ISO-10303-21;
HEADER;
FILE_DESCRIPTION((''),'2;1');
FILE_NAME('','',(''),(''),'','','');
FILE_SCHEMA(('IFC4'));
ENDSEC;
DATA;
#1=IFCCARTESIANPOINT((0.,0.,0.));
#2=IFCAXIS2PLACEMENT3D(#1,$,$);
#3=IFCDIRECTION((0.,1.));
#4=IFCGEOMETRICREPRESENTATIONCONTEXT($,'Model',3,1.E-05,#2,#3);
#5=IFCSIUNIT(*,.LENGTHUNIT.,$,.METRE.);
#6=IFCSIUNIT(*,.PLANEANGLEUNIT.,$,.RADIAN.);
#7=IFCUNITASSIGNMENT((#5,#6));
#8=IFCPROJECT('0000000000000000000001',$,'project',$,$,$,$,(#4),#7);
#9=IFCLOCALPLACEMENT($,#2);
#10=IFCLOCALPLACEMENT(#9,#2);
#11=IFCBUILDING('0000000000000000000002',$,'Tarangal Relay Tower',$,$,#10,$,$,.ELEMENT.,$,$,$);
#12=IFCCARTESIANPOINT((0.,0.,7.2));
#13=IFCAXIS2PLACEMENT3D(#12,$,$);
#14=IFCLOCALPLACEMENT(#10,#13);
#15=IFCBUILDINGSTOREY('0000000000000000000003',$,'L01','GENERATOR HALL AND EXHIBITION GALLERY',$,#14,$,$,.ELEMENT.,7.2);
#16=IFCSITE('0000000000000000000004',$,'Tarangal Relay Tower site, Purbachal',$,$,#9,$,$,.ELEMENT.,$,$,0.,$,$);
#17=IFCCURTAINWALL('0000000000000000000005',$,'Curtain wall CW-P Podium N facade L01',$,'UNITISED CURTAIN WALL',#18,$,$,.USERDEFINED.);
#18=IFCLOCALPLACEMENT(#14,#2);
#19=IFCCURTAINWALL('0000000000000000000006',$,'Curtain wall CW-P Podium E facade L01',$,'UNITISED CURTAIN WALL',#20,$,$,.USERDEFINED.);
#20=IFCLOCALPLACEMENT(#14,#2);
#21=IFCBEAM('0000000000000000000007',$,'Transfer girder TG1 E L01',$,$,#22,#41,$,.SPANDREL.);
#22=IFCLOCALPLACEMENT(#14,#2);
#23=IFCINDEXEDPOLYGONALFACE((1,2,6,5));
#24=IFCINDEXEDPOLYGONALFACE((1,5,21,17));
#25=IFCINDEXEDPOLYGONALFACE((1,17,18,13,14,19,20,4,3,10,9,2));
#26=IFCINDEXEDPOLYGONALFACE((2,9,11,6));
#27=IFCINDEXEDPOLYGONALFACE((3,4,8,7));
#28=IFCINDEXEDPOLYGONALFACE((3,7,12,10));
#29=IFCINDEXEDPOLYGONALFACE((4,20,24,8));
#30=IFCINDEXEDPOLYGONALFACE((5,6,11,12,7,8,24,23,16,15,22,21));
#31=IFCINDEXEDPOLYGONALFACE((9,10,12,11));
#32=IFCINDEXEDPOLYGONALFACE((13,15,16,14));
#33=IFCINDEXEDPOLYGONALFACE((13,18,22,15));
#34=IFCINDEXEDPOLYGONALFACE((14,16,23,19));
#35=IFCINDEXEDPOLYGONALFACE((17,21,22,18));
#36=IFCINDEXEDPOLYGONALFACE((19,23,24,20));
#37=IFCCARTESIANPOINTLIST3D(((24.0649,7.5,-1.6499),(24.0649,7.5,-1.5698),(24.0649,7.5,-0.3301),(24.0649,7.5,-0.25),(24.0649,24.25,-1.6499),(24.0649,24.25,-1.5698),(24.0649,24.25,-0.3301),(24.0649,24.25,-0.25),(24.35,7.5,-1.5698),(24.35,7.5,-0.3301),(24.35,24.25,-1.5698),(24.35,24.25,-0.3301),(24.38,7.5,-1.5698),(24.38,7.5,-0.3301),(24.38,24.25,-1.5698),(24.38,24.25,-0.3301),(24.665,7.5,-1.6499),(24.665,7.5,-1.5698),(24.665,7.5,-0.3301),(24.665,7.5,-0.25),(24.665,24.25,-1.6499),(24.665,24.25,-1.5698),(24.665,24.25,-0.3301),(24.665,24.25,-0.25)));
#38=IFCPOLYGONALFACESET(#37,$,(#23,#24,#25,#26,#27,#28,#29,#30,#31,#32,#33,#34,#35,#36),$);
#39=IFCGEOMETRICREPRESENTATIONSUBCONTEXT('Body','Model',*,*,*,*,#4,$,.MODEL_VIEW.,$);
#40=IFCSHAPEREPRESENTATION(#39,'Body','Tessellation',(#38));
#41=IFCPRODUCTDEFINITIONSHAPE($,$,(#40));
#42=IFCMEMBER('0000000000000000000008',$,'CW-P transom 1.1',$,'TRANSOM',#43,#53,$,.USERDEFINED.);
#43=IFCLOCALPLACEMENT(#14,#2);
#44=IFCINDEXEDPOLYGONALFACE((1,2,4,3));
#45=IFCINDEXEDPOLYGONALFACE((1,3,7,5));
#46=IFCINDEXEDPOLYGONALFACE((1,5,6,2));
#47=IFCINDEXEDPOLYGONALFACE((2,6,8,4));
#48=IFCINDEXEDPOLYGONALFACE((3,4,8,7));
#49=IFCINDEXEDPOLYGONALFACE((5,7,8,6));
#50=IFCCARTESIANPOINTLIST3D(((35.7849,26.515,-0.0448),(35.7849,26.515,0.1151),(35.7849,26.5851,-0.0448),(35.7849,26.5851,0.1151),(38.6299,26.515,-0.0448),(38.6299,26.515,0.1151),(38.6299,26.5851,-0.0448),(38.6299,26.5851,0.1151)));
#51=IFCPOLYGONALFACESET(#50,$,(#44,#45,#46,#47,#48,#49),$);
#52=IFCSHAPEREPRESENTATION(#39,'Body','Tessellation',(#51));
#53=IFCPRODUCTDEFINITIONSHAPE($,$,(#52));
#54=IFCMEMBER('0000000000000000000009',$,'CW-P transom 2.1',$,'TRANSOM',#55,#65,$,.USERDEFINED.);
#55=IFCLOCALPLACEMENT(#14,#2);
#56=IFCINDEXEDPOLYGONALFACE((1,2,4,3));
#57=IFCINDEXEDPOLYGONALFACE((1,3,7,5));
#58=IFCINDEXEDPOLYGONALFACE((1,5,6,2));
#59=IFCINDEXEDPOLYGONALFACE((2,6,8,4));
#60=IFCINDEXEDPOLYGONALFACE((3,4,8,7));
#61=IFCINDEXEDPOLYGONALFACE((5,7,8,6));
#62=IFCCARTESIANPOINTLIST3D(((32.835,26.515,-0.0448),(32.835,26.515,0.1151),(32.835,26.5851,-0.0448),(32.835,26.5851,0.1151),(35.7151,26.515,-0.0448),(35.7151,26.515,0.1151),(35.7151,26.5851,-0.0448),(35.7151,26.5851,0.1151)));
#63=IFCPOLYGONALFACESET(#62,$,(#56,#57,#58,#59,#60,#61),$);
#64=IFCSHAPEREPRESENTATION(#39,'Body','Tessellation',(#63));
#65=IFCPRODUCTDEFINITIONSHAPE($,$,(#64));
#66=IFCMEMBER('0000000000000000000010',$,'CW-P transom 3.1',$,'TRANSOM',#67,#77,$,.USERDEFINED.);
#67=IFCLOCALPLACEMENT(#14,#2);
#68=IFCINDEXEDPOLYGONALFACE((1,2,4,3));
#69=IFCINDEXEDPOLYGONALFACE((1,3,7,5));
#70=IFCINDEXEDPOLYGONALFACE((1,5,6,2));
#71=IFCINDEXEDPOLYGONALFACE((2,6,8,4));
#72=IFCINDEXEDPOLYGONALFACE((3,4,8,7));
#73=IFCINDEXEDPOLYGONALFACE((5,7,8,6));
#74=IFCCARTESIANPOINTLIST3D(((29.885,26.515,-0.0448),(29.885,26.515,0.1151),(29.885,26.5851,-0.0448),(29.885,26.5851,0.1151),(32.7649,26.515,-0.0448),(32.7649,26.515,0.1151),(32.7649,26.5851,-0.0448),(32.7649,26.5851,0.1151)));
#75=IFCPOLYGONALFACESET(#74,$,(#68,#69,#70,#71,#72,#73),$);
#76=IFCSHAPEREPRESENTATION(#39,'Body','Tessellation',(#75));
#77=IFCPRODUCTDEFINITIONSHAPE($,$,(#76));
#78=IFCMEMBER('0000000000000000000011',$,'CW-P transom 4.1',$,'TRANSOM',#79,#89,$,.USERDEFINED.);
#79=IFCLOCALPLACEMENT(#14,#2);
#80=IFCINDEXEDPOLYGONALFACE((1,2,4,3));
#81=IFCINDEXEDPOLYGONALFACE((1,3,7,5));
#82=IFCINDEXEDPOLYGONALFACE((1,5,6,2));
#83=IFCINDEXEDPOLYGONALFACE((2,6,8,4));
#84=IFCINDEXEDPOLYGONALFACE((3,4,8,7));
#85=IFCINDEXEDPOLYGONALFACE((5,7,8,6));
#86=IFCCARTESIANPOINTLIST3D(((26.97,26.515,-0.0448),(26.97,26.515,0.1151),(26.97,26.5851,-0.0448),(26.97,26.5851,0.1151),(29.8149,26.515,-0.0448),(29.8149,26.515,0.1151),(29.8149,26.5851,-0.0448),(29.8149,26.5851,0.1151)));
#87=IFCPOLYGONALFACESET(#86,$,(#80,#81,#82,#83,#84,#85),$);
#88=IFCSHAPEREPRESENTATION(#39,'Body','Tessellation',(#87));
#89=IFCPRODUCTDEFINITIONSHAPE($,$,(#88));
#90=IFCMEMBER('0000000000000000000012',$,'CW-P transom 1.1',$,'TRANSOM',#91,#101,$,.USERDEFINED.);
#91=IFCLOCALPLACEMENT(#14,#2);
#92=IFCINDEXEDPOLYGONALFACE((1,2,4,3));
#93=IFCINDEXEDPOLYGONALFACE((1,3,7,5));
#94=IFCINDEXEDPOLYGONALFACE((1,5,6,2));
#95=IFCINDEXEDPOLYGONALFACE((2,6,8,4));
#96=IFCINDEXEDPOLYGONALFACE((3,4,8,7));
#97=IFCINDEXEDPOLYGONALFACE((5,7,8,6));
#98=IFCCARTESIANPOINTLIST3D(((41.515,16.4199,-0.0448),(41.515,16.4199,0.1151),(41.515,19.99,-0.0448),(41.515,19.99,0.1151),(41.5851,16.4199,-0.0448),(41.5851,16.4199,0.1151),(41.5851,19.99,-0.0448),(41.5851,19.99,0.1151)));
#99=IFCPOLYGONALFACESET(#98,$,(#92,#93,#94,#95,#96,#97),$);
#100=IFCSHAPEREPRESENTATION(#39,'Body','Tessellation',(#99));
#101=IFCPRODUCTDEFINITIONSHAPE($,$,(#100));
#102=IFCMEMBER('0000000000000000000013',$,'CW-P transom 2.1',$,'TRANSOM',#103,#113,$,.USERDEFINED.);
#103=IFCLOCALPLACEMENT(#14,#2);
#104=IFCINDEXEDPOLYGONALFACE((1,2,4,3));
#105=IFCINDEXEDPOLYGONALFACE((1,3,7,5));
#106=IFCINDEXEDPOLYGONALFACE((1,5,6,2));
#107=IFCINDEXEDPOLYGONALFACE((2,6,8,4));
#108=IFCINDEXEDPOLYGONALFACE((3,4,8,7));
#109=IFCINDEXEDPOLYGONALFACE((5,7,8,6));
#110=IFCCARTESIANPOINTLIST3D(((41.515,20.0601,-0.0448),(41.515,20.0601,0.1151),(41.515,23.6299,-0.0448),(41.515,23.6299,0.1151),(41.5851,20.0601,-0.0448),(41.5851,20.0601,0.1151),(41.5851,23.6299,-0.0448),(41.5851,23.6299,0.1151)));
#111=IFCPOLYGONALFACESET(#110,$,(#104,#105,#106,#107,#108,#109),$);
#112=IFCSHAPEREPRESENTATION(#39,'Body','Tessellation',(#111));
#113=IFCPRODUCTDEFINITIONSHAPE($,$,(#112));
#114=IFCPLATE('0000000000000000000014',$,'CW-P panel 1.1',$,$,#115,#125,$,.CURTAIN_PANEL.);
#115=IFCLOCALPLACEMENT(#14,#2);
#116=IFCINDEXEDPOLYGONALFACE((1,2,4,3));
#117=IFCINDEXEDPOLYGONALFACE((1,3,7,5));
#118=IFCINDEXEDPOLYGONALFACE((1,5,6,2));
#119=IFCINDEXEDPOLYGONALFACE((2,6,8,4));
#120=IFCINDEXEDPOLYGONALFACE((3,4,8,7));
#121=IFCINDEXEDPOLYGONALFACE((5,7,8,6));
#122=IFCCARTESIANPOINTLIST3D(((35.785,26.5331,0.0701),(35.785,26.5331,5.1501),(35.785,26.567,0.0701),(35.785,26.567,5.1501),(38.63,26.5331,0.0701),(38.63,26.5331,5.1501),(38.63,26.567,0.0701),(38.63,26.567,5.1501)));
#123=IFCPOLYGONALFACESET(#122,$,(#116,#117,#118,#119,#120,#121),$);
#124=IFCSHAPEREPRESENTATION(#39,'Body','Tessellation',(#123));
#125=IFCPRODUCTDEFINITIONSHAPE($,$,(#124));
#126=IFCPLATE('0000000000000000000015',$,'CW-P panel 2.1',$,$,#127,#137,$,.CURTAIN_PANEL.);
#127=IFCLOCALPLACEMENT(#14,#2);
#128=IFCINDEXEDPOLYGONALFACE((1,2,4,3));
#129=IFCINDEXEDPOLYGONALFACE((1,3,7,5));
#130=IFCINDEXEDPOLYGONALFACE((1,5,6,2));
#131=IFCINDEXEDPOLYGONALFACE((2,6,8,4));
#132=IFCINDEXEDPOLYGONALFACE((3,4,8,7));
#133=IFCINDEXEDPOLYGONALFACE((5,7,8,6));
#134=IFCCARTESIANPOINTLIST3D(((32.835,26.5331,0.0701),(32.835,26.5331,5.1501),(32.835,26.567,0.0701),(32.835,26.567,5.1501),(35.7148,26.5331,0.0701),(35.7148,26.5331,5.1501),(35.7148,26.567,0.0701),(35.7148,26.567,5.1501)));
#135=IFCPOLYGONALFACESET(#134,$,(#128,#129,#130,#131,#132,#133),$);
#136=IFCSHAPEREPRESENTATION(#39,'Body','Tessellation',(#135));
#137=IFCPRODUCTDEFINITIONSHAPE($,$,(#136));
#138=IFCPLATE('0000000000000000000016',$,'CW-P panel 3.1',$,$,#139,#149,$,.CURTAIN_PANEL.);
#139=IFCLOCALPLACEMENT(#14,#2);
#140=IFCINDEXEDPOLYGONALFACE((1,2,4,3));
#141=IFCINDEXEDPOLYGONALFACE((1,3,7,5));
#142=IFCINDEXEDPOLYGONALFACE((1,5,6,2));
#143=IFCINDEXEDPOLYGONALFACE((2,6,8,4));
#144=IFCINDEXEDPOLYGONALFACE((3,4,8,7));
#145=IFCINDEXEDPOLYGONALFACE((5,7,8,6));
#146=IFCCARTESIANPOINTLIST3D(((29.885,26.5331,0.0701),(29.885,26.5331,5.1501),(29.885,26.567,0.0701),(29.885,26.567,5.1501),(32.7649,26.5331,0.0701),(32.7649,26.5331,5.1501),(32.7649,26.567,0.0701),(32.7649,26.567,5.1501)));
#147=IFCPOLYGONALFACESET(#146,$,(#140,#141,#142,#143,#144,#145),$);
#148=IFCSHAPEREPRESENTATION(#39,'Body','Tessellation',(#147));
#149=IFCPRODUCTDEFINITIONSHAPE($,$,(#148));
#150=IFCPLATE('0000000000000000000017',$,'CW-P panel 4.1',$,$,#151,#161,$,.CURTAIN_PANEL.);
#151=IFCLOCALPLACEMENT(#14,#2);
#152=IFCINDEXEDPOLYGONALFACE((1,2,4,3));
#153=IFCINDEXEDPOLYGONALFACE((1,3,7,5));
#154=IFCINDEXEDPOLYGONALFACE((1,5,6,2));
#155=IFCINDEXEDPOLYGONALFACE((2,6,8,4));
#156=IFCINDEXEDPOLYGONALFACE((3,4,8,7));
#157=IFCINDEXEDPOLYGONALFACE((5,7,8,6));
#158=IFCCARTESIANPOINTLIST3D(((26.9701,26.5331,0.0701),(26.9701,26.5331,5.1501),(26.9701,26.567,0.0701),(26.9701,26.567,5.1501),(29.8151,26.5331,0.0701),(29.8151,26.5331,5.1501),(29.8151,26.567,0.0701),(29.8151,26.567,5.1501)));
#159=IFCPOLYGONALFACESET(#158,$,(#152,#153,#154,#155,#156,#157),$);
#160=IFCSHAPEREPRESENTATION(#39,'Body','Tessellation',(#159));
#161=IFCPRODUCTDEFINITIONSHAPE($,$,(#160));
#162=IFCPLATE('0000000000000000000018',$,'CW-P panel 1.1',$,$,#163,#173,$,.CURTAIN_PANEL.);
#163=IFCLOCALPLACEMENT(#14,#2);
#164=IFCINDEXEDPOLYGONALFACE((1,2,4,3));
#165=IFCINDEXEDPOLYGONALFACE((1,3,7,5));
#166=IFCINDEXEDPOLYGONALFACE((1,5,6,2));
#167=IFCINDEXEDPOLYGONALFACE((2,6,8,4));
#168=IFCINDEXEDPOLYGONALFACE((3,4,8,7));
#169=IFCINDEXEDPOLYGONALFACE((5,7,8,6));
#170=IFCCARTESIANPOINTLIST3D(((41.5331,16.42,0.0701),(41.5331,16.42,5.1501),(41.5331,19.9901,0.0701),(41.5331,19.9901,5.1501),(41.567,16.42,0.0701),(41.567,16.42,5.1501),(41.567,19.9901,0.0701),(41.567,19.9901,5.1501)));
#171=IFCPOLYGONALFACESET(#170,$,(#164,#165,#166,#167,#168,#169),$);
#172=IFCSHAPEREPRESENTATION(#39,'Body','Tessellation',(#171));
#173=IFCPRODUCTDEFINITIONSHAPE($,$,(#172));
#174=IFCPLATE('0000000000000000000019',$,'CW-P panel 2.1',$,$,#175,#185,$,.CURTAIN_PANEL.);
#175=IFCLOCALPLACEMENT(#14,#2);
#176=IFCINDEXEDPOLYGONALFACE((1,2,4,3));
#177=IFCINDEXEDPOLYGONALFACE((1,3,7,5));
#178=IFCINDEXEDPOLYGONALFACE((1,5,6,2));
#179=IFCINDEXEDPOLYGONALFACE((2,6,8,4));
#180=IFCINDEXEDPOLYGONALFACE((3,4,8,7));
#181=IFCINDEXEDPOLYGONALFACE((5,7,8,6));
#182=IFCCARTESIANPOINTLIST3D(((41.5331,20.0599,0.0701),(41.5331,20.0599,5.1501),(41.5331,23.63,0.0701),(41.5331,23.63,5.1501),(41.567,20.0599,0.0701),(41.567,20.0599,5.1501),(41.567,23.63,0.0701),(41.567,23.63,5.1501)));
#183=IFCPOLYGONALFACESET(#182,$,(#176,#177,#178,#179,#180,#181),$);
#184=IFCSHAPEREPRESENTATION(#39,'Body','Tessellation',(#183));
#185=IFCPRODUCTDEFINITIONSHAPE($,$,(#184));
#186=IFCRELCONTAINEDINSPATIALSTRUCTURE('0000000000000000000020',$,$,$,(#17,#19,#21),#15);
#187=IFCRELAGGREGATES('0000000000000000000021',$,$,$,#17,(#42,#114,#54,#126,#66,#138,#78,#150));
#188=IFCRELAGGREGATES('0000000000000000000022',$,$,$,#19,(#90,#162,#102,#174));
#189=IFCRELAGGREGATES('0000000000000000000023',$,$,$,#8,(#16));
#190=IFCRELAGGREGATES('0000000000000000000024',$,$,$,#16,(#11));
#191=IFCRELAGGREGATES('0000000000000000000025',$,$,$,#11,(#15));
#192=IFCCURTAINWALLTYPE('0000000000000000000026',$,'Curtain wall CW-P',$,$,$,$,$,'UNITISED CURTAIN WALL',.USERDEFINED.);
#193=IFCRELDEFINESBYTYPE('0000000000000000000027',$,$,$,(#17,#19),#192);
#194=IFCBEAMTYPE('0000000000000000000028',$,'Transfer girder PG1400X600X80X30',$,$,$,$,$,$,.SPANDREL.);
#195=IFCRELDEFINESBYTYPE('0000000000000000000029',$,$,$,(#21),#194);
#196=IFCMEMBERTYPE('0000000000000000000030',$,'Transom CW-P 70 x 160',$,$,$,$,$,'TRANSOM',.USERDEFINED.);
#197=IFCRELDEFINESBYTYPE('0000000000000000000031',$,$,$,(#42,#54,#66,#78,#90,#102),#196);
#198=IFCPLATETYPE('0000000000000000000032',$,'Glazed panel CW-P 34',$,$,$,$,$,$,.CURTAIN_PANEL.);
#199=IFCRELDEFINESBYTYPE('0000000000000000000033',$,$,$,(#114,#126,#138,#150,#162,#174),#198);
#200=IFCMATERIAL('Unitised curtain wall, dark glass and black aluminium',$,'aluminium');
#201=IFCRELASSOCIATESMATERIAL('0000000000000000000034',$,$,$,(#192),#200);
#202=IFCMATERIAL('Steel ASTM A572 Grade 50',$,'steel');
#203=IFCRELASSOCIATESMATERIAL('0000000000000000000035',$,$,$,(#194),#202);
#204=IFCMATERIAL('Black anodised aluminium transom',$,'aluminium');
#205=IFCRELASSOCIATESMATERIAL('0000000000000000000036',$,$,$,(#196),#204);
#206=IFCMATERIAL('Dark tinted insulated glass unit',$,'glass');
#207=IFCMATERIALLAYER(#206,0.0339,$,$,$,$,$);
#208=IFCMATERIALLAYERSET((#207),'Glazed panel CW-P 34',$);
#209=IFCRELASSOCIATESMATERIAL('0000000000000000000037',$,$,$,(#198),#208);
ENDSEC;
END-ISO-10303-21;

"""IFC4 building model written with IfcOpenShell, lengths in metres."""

from ifc_helpers import new_model, si_unit, direction, frame, origin, origin_2d, place, context, subcontext, project, spatial, rectangle, i_section, extrude, material, layer, layer_set, material_profile, profile_set, type_object, element, aggregate, save


model = new_model("IFC4")

# Units and contexts
model_context = context("Model", 3, precision=1e-05, world=origin(), true_north=direction((0.0, 1.0)))
body_context = subcontext(model_context, "Body", "Model", "MODEL_VIEW")
ifc_project = project(units=[si_unit("LENGTHUNIT", "METRE"), si_unit("PLANEANGLEUNIT", "RADIAN")], contexts=[model_context])

# Site, building, storey
site_placement = place(None, origin())
site = spatial("IfcSite", under=ifc_project, at=site_placement, Name="Tarangal Relay Tower site, Purbachal", CompositionType="ELEMENT", RefElevation=0.0)
building_placement = place(site_placement, origin())
building = spatial("IfcBuilding", under=site, at=building_placement, Name="Tarangal Relay Tower", CompositionType="ELEMENT")
storey_placement = place(building_placement, frame((0.0, 0.0, 7.2)))
storey = spatial("IfcBuildingStorey", under=building, at=storey_placement, Name="L01", Description="GENERATOR HALL AND EXHIBITION GALLERY", CompositionType="ELEMENT", Elevation=7.2)

# Curtain walls
ifc_material_1 = material(Name="Unitised curtain wall, dark glass and black aluminium", Category="aluminium")
curtain_wall_type = type_object("IfcCurtainWallType", Name="Curtain wall CW-P", ElementType="UNITISED CURTAIN WALL", PredefinedType="USERDEFINED", material=ifc_material_1)
curtain_wall_1_placement = place(storey_placement, origin())
curtain_wall_1 = element("IfcCurtainWall", 1, at=curtain_wall_1_placement, inside=storey, type_object=curtain_wall_type, Name="Curtain wall CW-P Podium N facade L01", ObjectType="UNITISED CURTAIN WALL", PredefinedType="USERDEFINED")
curtain_wall_2_placement = place(storey_placement, origin())
curtain_wall_2 = element("IfcCurtainWall", 2, at=curtain_wall_2_placement, inside=storey, type_object=curtain_wall_type, Name="Curtain wall CW-P Podium E facade L01", ObjectType="UNITISED CURTAIN WALL", PredefinedType="USERDEFINED")

# Beam
ifc_material_2 = material(Name="Steel ASTM A572 Grade 50", Category="steel")
ifc_material_profile_1 = material_profile(ifc_material_2, i_section(OverallWidth=0.6001, OverallDepth=1.3999, WebThickness=0.03, FlangeThickness=0.0801, at=origin_2d()), Name="PG1400X600X80X30")
ifc_profile_set_1 = profile_set([ifc_material_profile_1], Name="Steel ASTM A572 Grade 50")
beam_type_1 = type_object("IfcBeamType", Name="Transfer girder PG1400X600X80X30", PredefinedType="SPANDREL", material=ifc_profile_set_1)
beam_1_placement = place(storey_placement, frame((24.365, 24.25, -0.95), z_axis=(0.0, -1.0, 0.0), x_axis=(1.0, 0.0, 0.0)))
element("IfcBeam", 3, at=beam_1_placement, inside=storey, type_object=beam_type_1, Name="Transfer girder TG1 E L01", PredefinedType="SPANDREL", context=body_context, shape_type="SweptSolid", body=[
    extrude(i_section(OverallWidth=0.6001, OverallDepth=1.3999, WebThickness=0.03, FlangeThickness=0.0801, at=origin_2d()), origin(), (0.0, 0.0, 1.0), 16.75),
])

# Members
ifc_material_3 = material(Name="Black anodised aluminium transom", Category="aluminium")
ifc_material_profile_2 = material_profile(ifc_material_3, rectangle(XDim=0.0701, YDim=0.1599, at=origin_2d()), Name="CW-PT 70X160")
ifc_profile_set_2 = profile_set([ifc_material_profile_2], Name="Black anodised aluminium transom")
member_type_1 = type_object("IfcMemberType", Name="Transom CW-P 70 x 160", ElementType="TRANSOM", PredefinedType="USERDEFINED", material=ifc_profile_set_2)
member_1_placement = place(storey_placement, frame((38.6299, 26.55, 0.0352), z_axis=(-1.0, 0.0, 0.0), x_axis=(0.0, -1.0, 0.0)))
member_1 = element("IfcMember", 4, at=member_1_placement, type_object=member_type_1, Name="CW-P transom 1.1", ObjectType="TRANSOM", PredefinedType="USERDEFINED", context=body_context, shape_type="SweptSolid", body=[
    extrude(rectangle(XDim=0.0701, YDim=0.1599, at=origin_2d()), origin(), (0.0, 0.0, 1.0), 2.845),
])
member_2_placement = place(storey_placement, frame((35.7151, 26.55, 0.0352), z_axis=(-1.0, 0.0, 0.0), x_axis=(0.0, -1.0, 0.0)))
member_2 = element("IfcMember", 5, at=member_2_placement, type_object=member_type_1, Name="CW-P transom 2.1", ObjectType="TRANSOM", PredefinedType="USERDEFINED", context=body_context, shape_type="SweptSolid", body=[
    extrude(rectangle(XDim=0.0701, YDim=0.1599, at=origin_2d()), origin(), (0.0, 0.0, 1.0), 2.8801),
])
member_3_placement = place(storey_placement, frame((32.7649, 26.55, 0.0352), z_axis=(-1.0, 0.0, 0.0), x_axis=(0.0, -1.0, 0.0)))
member_3 = element("IfcMember", 6, at=member_3_placement, type_object=member_type_1, Name="CW-P transom 3.1", ObjectType="TRANSOM", PredefinedType="USERDEFINED", context=body_context, shape_type="SweptSolid", body=[
    extrude(rectangle(XDim=0.0701, YDim=0.1599, at=origin_2d()), origin(), (0.0, 0.0, 1.0), 2.8799),
])
member_4_placement = place(storey_placement, frame((29.8149, 26.55, 0.0352), z_axis=(-1.0, 0.0, 0.0), x_axis=(0.0, -1.0, 0.0)))
member_4 = element("IfcMember", 7, at=member_4_placement, type_object=member_type_1, Name="CW-P transom 4.1", ObjectType="TRANSOM", PredefinedType="USERDEFINED", context=body_context, shape_type="SweptSolid", body=[
    extrude(rectangle(XDim=0.0701, YDim=0.1599, at=origin_2d()), origin(), (0.0, 0.0, 1.0), 2.845),
])
member_5_placement = place(storey_placement, frame((41.55, 16.4199, 0.0352), z_axis=(0.0, 1.0, 0.0), x_axis=(-1.0, 0.0, 0.0)))
member_5 = element("IfcMember", 8, at=member_5_placement, type_object=member_type_1, Name="CW-P transom 1.1", ObjectType="TRANSOM", PredefinedType="USERDEFINED", context=body_context, shape_type="SweptSolid", body=[
    extrude(rectangle(XDim=0.0701, YDim=0.1599, at=origin_2d()), origin(), (0.0, 0.0, 1.0), 3.5701),
])
member_6_placement = place(storey_placement, frame((41.55, 20.0601, 0.0352), z_axis=(0.0, 1.0, 0.0), x_axis=(-1.0, 0.0, 0.0)))
member_6 = element("IfcMember", 9, at=member_6_placement, type_object=member_type_1, Name="CW-P transom 2.1", ObjectType="TRANSOM", PredefinedType="USERDEFINED", context=body_context, shape_type="SweptSolid", body=[
    extrude(rectangle(XDim=0.0701, YDim=0.1599, at=origin_2d()), origin(), (0.0, 0.0, 1.0), 3.5698),
])

# Plates
ifc_material_4 = material(Name="Dark tinted insulated glass unit", Category="glass")
ifc_layer_1 = layer(ifc_material_4, 0.0339)
ifc_layer_set_1 = layer_set([ifc_layer_1], Name="Glazed panel CW-P 34")
plate_type = type_object("IfcPlateType", Name="Glazed panel CW-P 34", PredefinedType="CURTAIN_PANEL", material=ifc_layer_set_1)
plate_1_placement = place(storey_placement, frame((37.2075, 26.55, 0.0701), z_axis=(0.0, 0.0, 1.0), x_axis=(-1.0, 0.0, 0.0)))
plate_1 = element("IfcPlate", 10, at=plate_1_placement, type_object=plate_type, Name="CW-P panel 1.1", PredefinedType="CURTAIN_PANEL", context=body_context, shape_type="SweptSolid", body=[
    extrude(rectangle(XDim=2.845, YDim=0.0339, at=origin_2d()), origin(), (0.0, 0.0, 1.0), 5.0801),
])
plate_2_placement = place(storey_placement, frame((34.2749, 26.55, 0.0701), z_axis=(0.0, 0.0, 1.0), x_axis=(-1.0, 0.0, 0.0)))
plate_2 = element("IfcPlate", 11, at=plate_2_placement, type_object=plate_type, Name="CW-P panel 2.1", PredefinedType="CURTAIN_PANEL", context=body_context, shape_type="SweptSolid", body=[
    extrude(rectangle(XDim=2.8799, YDim=0.0339, at=origin_2d()), origin(), (0.0, 0.0, 1.0), 5.0801),
])
plate_3_placement = place(storey_placement, frame((31.325, 26.55, 0.0701), z_axis=(0.0, 0.0, 1.0), x_axis=(-1.0, 0.0, 0.0)))
plate_3 = element("IfcPlate", 12, at=plate_3_placement, type_object=plate_type, Name="CW-P panel 3.1", PredefinedType="CURTAIN_PANEL", context=body_context, shape_type="SweptSolid", body=[
    extrude(rectangle(XDim=2.8799, YDim=0.0339, at=origin_2d()), origin(), (0.0, 0.0, 1.0), 5.0801),
])
plate_4_placement = place(storey_placement, frame((28.3926, 26.55, 0.0701), z_axis=(0.0, 0.0, 1.0), x_axis=(-1.0, 0.0, 0.0)))
plate_4 = element("IfcPlate", 13, at=plate_4_placement, type_object=plate_type, Name="CW-P panel 4.1", PredefinedType="CURTAIN_PANEL", context=body_context, shape_type="SweptSolid", body=[
    extrude(rectangle(XDim=2.845, YDim=0.0339, at=origin_2d()), origin(), (0.0, 0.0, 1.0), 5.0801),
])
aggregate(curtain_wall_1, [member_1, plate_1, member_2, plate_2, member_3, plate_3, member_4, plate_4])
plate_5_placement = place(storey_placement, frame((41.55, 18.2051, 0.0701), z_axis=(0.0, 0.0, 1.0), x_axis=(0.0, 1.0, 0.0)))
plate_5 = element("IfcPlate", 14, at=plate_5_placement, type_object=plate_type, Name="CW-P panel 1.1", PredefinedType="CURTAIN_PANEL", context=body_context, shape_type="SweptSolid", body=[
    extrude(rectangle(XDim=3.5701, YDim=0.0339, at=origin_2d()), origin(), (0.0, 0.0, 1.0), 5.0801),
])
plate_6_placement = place(storey_placement, frame((41.55, 21.845, 0.0701), z_axis=(0.0, 0.0, 1.0), x_axis=(0.0, 1.0, 0.0)))
plate_6 = element("IfcPlate", 15, at=plate_6_placement, type_object=plate_type, Name="CW-P panel 2.1", PredefinedType="CURTAIN_PANEL", context=body_context, shape_type="SweptSolid", body=[
    extrude(rectangle(XDim=3.5701, YDim=0.0339, at=origin_2d()), origin(), (0.0, 0.0, 1.0), 5.0801),
])
aggregate(curtain_wall_2, [member_5, plate_5, member_6, plate_6])

save(model, "model.ifc")
